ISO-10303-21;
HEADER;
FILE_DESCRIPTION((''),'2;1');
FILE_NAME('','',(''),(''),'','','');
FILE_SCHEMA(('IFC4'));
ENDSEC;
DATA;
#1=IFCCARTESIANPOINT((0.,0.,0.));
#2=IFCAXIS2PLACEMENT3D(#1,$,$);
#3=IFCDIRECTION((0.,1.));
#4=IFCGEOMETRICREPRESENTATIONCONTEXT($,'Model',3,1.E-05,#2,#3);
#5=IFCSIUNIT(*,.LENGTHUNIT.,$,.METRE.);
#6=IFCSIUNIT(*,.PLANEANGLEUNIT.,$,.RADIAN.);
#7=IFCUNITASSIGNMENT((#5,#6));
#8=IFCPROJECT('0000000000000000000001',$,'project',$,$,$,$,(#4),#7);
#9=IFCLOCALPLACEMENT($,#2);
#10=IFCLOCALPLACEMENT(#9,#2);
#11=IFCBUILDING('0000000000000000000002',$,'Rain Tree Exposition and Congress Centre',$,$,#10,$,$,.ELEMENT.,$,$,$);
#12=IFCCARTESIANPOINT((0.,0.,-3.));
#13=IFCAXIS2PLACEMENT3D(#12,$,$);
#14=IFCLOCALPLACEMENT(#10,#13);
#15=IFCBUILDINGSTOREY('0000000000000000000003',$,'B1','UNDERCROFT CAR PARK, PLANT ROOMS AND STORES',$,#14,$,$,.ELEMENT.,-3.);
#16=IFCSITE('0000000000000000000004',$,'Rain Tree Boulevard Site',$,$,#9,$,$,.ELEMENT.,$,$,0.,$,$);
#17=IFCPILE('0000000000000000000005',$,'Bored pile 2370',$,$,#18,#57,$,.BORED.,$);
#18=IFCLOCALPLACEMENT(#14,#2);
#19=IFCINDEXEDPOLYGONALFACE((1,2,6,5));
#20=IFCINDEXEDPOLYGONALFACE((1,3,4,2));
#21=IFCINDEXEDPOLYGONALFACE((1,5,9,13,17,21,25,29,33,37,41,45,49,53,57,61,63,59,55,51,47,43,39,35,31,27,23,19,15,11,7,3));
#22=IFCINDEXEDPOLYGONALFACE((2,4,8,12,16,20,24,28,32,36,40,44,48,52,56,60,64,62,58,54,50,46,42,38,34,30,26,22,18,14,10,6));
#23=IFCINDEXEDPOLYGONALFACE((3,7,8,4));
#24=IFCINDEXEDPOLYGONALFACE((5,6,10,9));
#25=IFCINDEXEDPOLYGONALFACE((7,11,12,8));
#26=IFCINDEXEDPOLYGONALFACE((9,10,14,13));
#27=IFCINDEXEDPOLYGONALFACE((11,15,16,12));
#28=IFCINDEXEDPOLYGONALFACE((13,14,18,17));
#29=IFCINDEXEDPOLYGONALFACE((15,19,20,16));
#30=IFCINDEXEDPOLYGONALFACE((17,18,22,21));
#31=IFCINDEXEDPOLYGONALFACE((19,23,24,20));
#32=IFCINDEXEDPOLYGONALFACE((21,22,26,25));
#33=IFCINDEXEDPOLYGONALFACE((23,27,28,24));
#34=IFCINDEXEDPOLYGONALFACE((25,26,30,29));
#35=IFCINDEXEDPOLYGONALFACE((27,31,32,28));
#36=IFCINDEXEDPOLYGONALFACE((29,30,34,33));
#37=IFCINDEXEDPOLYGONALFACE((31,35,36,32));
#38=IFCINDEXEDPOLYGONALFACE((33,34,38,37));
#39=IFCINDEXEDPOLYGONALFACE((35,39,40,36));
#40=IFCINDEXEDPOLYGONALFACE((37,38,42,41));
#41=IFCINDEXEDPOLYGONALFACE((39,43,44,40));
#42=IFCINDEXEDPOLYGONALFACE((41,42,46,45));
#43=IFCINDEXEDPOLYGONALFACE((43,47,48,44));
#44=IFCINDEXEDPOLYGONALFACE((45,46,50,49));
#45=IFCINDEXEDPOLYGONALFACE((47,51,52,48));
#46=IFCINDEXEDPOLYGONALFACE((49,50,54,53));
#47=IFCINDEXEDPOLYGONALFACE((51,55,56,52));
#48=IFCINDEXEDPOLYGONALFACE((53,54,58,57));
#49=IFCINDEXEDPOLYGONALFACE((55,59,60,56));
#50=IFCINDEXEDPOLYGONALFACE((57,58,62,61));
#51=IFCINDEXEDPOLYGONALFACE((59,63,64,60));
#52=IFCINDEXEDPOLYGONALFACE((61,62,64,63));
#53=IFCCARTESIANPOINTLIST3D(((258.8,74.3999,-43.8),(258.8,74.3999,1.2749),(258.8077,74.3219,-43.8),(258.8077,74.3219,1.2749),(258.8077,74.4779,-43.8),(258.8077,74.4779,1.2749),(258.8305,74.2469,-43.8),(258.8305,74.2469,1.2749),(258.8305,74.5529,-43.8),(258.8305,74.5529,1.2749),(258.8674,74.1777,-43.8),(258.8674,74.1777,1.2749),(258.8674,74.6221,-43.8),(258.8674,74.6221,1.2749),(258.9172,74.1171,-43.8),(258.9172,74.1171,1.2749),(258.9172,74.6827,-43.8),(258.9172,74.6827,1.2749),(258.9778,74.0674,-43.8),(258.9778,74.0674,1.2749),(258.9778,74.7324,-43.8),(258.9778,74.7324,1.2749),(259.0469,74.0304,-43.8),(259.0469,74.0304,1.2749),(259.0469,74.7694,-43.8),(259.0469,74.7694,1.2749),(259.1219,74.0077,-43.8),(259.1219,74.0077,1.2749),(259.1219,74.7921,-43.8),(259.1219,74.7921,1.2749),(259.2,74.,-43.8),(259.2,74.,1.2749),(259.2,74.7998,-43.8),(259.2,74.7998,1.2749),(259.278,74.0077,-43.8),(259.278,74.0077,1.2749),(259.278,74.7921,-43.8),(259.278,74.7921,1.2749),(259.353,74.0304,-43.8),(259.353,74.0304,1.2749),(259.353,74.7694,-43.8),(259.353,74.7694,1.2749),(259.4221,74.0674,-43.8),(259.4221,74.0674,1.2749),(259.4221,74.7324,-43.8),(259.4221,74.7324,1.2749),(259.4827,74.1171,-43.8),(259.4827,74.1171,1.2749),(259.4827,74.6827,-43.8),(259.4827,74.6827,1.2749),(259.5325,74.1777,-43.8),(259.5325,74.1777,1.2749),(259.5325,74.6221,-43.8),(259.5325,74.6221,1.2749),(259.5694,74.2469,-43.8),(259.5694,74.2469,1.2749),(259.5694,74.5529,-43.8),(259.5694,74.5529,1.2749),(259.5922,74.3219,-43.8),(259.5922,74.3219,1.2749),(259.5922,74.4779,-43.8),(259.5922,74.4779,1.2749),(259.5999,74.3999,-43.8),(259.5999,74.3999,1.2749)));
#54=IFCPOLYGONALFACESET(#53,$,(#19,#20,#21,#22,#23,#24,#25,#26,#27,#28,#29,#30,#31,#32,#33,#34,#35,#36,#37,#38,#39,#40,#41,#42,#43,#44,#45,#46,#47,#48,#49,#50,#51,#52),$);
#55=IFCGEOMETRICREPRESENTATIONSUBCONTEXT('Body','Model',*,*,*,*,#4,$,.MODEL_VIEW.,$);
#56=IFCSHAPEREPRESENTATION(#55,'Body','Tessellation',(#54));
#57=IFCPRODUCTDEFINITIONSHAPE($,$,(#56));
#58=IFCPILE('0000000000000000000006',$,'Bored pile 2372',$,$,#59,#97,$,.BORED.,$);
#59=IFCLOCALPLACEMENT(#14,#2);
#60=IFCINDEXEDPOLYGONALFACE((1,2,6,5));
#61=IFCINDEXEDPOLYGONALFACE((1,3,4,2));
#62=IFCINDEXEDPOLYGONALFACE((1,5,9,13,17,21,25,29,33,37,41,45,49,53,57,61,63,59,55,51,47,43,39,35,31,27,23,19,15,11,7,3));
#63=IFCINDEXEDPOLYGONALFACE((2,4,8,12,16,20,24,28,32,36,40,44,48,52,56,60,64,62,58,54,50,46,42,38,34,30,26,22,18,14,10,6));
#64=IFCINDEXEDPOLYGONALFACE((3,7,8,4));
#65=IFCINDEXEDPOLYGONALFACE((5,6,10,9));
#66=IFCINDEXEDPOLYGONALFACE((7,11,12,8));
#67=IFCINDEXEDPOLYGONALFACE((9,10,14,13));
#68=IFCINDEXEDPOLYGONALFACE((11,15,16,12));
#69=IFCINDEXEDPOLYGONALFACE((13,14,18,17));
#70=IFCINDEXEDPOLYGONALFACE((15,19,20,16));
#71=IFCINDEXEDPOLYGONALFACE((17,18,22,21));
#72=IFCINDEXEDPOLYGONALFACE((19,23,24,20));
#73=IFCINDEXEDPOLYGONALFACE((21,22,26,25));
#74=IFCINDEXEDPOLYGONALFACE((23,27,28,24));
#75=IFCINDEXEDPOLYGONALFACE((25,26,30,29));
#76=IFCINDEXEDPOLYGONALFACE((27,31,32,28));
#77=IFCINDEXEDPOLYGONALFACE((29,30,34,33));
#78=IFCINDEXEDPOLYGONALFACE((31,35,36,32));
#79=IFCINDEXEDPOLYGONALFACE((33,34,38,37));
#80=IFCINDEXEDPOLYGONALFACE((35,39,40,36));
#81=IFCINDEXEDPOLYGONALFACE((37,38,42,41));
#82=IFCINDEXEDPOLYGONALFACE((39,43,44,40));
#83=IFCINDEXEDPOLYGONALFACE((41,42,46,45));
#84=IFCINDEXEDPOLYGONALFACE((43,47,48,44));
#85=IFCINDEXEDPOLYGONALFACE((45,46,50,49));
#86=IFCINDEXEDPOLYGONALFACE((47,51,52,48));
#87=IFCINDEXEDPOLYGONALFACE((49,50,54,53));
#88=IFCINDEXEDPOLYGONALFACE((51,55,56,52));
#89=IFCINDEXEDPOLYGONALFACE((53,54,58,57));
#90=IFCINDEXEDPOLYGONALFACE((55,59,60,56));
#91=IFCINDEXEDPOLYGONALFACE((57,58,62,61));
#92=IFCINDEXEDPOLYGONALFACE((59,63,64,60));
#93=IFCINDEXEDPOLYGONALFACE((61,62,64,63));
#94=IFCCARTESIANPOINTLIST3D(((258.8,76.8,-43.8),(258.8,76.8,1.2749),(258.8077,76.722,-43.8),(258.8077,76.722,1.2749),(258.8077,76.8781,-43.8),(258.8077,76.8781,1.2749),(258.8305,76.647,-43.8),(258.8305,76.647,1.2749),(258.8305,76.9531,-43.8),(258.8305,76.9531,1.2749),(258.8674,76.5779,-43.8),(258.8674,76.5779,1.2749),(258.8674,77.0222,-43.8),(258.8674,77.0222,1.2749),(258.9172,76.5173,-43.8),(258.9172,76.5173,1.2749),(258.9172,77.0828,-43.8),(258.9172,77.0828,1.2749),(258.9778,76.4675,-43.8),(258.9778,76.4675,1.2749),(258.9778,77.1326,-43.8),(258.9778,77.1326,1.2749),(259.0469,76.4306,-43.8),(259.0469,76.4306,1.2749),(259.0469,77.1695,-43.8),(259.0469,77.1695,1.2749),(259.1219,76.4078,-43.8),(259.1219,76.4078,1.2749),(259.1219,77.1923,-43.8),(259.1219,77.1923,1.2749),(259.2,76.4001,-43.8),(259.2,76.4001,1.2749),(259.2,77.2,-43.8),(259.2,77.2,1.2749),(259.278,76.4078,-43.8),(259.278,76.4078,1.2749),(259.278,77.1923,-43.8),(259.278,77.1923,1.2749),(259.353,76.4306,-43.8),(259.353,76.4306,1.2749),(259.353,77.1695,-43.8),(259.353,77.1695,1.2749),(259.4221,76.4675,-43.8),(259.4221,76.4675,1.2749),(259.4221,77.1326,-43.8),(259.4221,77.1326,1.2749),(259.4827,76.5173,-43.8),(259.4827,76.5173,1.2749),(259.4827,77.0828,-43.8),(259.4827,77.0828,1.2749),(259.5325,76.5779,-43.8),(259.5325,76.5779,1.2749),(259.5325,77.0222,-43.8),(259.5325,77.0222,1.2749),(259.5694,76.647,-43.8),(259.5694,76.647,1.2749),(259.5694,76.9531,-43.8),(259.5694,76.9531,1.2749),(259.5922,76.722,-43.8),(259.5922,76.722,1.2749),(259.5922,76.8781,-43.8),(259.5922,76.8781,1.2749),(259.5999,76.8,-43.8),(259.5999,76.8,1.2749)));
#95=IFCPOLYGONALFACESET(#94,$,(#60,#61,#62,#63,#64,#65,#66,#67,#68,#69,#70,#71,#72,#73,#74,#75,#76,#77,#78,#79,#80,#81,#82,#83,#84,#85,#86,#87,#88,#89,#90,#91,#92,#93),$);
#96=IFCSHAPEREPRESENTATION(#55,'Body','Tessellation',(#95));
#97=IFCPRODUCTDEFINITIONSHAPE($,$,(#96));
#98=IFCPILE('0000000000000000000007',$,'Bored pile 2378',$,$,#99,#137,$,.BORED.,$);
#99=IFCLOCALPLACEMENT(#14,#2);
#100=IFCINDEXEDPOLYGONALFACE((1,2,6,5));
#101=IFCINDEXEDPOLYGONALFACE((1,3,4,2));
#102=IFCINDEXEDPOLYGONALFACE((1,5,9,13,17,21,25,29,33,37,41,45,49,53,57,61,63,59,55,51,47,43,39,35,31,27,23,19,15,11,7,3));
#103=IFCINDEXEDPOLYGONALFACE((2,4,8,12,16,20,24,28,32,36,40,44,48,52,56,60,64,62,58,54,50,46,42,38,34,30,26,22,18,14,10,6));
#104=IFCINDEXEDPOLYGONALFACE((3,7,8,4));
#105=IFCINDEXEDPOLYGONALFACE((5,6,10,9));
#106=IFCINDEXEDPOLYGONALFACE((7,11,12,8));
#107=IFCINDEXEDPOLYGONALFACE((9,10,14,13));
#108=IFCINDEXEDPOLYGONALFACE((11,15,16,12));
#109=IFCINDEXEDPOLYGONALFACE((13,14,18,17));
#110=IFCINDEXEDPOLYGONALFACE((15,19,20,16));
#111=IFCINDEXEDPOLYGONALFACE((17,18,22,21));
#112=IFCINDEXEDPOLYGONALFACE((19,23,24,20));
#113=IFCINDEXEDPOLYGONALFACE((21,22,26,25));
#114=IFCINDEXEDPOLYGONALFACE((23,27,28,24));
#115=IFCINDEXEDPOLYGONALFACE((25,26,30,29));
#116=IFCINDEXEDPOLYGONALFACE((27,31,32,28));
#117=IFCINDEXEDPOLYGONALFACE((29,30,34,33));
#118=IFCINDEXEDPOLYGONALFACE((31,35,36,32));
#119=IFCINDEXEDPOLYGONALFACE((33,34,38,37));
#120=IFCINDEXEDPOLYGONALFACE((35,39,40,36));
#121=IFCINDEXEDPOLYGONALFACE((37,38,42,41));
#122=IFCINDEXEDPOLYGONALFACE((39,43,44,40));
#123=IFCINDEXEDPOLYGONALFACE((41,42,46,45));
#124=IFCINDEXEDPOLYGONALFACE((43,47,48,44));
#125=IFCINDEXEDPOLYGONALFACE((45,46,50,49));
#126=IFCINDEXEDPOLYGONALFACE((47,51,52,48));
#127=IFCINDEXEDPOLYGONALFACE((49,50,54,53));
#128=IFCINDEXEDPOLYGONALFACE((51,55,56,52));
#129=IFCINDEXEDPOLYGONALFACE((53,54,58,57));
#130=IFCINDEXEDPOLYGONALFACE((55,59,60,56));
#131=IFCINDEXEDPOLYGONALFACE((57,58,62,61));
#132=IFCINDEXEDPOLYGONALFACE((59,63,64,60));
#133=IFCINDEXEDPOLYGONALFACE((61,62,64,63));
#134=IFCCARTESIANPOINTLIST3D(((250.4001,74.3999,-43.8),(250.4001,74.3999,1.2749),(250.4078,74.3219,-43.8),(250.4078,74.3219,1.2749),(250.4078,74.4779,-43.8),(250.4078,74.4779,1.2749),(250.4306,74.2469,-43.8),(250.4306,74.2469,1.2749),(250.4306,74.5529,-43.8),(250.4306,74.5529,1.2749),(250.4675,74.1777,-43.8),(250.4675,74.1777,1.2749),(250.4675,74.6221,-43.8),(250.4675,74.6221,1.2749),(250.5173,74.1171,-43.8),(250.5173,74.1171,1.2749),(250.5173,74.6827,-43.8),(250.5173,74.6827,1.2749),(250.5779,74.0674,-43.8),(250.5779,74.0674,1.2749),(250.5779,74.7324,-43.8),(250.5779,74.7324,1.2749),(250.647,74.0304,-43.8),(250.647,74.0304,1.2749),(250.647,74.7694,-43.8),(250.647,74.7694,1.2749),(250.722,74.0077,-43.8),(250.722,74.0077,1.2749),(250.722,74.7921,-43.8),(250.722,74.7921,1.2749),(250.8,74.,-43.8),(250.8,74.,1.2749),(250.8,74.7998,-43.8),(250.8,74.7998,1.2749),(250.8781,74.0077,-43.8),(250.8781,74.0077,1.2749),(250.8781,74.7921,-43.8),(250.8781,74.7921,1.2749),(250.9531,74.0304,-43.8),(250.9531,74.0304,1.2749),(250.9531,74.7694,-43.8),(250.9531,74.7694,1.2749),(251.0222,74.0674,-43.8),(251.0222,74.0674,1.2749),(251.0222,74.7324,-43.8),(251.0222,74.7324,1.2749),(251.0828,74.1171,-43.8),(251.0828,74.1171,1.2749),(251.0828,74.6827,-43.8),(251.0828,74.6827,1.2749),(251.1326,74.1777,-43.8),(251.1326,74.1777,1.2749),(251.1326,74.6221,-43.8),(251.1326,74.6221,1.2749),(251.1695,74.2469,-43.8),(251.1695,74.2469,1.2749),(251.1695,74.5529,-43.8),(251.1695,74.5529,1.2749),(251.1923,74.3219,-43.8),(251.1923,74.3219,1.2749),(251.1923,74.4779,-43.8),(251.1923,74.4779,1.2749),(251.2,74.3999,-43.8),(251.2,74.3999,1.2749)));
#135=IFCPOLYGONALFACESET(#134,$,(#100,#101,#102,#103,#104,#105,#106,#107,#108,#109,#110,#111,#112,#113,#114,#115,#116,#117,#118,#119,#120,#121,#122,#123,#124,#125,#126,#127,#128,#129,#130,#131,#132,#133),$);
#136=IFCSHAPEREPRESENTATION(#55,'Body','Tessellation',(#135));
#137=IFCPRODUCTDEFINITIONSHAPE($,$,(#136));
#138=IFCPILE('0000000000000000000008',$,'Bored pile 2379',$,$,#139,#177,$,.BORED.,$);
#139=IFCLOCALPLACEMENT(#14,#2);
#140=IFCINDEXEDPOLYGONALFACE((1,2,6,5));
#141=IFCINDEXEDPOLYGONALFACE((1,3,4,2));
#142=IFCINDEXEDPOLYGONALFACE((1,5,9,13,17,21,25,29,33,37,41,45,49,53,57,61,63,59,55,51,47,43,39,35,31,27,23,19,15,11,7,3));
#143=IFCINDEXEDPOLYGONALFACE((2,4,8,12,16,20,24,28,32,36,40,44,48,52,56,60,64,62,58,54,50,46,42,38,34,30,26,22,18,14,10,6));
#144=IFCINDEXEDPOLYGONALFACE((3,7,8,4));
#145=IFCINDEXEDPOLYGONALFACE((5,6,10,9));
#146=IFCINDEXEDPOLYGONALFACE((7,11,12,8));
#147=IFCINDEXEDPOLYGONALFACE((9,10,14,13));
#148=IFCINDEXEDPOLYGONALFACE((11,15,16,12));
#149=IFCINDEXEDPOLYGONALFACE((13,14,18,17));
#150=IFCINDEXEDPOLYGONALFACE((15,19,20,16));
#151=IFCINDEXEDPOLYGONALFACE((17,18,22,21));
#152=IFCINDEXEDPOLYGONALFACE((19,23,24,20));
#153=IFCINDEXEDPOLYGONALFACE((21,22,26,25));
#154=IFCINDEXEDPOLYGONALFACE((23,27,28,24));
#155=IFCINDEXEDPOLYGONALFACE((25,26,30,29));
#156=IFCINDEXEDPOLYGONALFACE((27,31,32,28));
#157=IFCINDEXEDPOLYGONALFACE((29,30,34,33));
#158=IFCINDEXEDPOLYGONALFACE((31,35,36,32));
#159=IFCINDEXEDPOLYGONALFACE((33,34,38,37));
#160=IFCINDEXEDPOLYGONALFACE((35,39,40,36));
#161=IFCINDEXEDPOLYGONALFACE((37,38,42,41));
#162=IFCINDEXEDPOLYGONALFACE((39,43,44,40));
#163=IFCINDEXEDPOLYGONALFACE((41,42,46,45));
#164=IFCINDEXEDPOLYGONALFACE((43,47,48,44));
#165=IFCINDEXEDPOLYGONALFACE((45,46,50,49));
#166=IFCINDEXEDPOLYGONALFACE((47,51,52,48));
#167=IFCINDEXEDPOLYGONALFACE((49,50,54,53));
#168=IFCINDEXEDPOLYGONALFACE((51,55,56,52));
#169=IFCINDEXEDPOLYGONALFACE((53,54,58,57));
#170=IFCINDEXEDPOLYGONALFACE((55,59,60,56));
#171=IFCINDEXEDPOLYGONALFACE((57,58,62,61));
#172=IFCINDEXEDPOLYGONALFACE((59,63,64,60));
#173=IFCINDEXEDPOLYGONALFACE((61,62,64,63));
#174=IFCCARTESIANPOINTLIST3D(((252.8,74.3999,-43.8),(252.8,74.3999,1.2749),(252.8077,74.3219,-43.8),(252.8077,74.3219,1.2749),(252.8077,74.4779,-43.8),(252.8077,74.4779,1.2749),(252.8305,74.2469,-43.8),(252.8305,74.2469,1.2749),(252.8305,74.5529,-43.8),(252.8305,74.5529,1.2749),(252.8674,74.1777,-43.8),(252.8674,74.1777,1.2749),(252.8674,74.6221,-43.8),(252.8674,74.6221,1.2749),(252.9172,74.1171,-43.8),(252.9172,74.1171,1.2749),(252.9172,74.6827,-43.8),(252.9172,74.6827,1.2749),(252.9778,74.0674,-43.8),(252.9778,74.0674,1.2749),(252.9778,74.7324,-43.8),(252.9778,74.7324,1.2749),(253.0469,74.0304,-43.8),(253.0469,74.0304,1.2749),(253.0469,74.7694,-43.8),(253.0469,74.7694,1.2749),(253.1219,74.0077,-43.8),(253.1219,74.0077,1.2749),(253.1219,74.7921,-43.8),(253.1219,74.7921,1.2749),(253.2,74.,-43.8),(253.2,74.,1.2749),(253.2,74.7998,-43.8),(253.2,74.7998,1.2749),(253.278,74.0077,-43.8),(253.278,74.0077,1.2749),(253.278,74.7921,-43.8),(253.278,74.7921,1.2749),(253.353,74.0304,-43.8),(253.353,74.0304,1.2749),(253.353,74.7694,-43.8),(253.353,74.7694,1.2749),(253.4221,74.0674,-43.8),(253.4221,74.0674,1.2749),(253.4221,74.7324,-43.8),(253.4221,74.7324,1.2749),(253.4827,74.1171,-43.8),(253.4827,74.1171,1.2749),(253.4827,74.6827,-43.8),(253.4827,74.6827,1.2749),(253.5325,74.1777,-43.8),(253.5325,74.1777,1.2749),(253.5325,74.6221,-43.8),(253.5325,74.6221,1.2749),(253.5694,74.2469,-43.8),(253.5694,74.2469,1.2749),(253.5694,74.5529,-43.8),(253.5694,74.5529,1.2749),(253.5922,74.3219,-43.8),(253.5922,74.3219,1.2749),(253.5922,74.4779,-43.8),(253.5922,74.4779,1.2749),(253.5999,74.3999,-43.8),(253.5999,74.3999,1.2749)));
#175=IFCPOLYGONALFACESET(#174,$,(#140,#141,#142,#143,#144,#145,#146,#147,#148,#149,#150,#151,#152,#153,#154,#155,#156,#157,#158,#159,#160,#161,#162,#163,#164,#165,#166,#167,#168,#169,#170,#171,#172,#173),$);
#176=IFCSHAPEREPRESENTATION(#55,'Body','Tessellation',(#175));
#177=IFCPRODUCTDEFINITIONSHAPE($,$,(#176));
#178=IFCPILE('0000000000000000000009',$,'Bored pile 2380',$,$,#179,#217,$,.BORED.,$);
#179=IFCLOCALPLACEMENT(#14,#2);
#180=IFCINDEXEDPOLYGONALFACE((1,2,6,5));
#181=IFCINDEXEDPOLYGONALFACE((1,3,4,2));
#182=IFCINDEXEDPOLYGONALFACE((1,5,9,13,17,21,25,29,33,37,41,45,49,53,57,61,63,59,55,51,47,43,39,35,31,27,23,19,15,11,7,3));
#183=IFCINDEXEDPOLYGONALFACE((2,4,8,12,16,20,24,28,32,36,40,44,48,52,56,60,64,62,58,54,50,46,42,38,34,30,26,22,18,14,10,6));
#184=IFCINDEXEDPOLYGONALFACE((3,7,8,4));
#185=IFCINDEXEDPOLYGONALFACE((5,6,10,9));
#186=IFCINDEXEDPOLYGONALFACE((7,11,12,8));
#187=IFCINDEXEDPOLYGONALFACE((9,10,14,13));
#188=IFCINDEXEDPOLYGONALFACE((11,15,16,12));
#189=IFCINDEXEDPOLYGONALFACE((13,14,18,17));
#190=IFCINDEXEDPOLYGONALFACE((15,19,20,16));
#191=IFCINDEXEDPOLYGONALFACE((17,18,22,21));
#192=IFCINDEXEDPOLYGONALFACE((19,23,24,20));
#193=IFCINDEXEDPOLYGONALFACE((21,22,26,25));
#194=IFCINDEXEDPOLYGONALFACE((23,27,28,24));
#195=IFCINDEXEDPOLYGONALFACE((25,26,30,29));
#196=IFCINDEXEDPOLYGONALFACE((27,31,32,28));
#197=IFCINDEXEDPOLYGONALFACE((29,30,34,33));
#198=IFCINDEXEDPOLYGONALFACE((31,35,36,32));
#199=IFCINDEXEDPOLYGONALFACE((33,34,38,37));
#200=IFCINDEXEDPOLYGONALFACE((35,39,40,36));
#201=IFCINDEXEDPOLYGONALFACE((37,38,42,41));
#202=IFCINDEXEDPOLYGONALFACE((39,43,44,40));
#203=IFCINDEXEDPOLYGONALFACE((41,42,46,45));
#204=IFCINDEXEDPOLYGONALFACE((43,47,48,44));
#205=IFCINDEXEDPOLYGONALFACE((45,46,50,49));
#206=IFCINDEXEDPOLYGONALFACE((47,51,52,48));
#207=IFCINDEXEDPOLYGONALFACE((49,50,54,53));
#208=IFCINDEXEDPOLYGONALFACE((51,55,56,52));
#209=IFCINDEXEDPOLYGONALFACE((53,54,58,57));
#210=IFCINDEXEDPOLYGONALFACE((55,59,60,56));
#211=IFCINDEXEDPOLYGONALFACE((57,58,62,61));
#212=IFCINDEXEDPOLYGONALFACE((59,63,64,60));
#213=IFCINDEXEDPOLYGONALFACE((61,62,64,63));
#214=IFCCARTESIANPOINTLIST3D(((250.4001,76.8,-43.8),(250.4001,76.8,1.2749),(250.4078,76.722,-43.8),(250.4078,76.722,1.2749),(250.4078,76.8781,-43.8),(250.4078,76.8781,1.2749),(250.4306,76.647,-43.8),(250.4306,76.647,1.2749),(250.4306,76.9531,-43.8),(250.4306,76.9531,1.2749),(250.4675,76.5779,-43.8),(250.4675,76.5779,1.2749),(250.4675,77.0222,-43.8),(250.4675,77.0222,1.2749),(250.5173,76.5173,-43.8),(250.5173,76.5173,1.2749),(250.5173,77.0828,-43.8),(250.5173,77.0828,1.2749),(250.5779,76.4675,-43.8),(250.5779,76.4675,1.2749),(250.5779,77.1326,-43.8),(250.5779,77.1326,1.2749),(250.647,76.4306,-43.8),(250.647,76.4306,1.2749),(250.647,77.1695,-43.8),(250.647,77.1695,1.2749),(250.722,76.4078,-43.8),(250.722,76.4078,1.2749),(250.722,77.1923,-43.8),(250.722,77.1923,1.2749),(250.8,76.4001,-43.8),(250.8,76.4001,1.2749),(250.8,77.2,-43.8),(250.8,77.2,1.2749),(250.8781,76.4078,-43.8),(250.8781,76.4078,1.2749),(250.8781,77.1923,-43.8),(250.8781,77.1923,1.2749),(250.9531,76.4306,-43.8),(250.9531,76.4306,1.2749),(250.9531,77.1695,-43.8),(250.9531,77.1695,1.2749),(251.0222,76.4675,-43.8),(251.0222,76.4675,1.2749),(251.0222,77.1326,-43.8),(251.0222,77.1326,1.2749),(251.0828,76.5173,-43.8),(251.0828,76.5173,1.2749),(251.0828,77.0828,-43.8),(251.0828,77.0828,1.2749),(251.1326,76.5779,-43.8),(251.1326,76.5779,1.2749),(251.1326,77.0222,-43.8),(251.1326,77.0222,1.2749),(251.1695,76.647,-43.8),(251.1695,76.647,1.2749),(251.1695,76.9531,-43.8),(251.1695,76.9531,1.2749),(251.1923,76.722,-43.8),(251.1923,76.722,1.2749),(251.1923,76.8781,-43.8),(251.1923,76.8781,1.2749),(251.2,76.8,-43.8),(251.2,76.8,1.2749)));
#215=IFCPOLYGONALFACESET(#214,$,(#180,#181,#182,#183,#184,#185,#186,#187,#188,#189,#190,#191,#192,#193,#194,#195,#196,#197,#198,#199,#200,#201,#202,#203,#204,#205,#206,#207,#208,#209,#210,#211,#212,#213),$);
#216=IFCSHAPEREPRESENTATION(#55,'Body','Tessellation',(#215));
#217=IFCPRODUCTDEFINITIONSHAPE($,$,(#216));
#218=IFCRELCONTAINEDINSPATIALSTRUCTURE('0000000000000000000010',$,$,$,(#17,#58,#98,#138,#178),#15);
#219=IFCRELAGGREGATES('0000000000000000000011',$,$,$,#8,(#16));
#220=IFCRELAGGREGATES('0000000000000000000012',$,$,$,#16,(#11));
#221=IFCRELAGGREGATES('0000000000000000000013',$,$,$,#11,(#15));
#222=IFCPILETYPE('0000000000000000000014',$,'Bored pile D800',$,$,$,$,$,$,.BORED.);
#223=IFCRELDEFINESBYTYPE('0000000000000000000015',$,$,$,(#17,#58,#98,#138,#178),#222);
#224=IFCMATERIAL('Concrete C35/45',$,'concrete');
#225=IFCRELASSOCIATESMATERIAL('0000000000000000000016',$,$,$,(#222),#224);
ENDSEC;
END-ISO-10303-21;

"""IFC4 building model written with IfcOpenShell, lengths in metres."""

from ifc_helpers import new_model, si_unit, direction, frame, origin, origin_2d, place, context, subcontext, project, spatial, circle, extrude, material, material_profile, profile_set, type_object, element, save


model = new_model("IFC4")

# Units and contexts
model_context = context("Model", 3, precision=1e-05, world=origin(), true_north=direction((0.0, 1.0)))
body_context = subcontext(model_context, "Body", "Model", "MODEL_VIEW")
ifc_project = project(units=[si_unit("LENGTHUNIT", "METRE"), si_unit("PLANEANGLEUNIT", "RADIAN")], contexts=[model_context])

# Site, building, storey
site_placement = place(None, origin())
site = spatial("IfcSite", under=ifc_project, at=site_placement, Name="Rain Tree Boulevard Site", CompositionType="ELEMENT", RefElevation=0.0)
building_placement = place(site_placement, origin())
building = spatial("IfcBuilding", under=site, at=building_placement, Name="Rain Tree Exposition and Congress Centre", CompositionType="ELEMENT")
storey_placement = place(building_placement, frame((0.0, 0.0, -3.0)))
storey = spatial("IfcBuildingStorey", under=building, at=storey_placement, Name="B1", Description="UNDERCROFT CAR PARK, PLANT ROOMS AND STORES", CompositionType="ELEMENT", Elevation=-3.0)

# Piles
ifc_material_1 = material(Name="Concrete C35/45", Category="concrete")
ifc_material_profile_1 = material_profile(ifc_material_1, circle(Radius=0.3999, at=origin_2d()), Name="D800")
ifc_profile_set_1 = profile_set([ifc_material_profile_1], Name="Concrete C35/45")
pile_type_1 = type_object("IfcPileType", Name="Bored pile D800", PredefinedType="BORED", material=ifc_profile_set_1)
for number, where, z_axis, x_axis, name in (
    (1, (259.2, 74.3999, 1.2749), (0.0, 0.0, -1.0), (1.0, 0.0, 0.0), "Bored pile 2370"),
    (2, (259.2, 76.8, 1.2749), (0.0, 0.0, -1.0), (1.0, 0.0, 0.0), "Bored pile 2372"),
    (3, (250.8, 74.3999, 1.2749), (0.0, 0.0, -1.0), (1.0, 0.0, 0.0), "Bored pile 2378"),
    (4, (253.2, 74.3999, 1.2749), (0.0, 0.0, -1.0), (1.0, 0.0, 0.0), "Bored pile 2379"),
    (5, (250.8, 76.8, 1.2749), (0.0, 0.0, -1.0), (1.0, 0.0, 0.0), "Bored pile 2380"),
):
    element("IfcPile", number, at=place(storey_placement, frame(where, z_axis=z_axis, x_axis=x_axis)), inside=storey, type_object=pile_type_1, Name=name, PredefinedType="BORED", context=body_context, shape_type="SweptSolid", body=[
        extrude(circle(Radius=0.3999, at=origin_2d()), origin(), (0.0, 0.0, 1.0), 45.075),
    ])

save(model, "model.ifc")
